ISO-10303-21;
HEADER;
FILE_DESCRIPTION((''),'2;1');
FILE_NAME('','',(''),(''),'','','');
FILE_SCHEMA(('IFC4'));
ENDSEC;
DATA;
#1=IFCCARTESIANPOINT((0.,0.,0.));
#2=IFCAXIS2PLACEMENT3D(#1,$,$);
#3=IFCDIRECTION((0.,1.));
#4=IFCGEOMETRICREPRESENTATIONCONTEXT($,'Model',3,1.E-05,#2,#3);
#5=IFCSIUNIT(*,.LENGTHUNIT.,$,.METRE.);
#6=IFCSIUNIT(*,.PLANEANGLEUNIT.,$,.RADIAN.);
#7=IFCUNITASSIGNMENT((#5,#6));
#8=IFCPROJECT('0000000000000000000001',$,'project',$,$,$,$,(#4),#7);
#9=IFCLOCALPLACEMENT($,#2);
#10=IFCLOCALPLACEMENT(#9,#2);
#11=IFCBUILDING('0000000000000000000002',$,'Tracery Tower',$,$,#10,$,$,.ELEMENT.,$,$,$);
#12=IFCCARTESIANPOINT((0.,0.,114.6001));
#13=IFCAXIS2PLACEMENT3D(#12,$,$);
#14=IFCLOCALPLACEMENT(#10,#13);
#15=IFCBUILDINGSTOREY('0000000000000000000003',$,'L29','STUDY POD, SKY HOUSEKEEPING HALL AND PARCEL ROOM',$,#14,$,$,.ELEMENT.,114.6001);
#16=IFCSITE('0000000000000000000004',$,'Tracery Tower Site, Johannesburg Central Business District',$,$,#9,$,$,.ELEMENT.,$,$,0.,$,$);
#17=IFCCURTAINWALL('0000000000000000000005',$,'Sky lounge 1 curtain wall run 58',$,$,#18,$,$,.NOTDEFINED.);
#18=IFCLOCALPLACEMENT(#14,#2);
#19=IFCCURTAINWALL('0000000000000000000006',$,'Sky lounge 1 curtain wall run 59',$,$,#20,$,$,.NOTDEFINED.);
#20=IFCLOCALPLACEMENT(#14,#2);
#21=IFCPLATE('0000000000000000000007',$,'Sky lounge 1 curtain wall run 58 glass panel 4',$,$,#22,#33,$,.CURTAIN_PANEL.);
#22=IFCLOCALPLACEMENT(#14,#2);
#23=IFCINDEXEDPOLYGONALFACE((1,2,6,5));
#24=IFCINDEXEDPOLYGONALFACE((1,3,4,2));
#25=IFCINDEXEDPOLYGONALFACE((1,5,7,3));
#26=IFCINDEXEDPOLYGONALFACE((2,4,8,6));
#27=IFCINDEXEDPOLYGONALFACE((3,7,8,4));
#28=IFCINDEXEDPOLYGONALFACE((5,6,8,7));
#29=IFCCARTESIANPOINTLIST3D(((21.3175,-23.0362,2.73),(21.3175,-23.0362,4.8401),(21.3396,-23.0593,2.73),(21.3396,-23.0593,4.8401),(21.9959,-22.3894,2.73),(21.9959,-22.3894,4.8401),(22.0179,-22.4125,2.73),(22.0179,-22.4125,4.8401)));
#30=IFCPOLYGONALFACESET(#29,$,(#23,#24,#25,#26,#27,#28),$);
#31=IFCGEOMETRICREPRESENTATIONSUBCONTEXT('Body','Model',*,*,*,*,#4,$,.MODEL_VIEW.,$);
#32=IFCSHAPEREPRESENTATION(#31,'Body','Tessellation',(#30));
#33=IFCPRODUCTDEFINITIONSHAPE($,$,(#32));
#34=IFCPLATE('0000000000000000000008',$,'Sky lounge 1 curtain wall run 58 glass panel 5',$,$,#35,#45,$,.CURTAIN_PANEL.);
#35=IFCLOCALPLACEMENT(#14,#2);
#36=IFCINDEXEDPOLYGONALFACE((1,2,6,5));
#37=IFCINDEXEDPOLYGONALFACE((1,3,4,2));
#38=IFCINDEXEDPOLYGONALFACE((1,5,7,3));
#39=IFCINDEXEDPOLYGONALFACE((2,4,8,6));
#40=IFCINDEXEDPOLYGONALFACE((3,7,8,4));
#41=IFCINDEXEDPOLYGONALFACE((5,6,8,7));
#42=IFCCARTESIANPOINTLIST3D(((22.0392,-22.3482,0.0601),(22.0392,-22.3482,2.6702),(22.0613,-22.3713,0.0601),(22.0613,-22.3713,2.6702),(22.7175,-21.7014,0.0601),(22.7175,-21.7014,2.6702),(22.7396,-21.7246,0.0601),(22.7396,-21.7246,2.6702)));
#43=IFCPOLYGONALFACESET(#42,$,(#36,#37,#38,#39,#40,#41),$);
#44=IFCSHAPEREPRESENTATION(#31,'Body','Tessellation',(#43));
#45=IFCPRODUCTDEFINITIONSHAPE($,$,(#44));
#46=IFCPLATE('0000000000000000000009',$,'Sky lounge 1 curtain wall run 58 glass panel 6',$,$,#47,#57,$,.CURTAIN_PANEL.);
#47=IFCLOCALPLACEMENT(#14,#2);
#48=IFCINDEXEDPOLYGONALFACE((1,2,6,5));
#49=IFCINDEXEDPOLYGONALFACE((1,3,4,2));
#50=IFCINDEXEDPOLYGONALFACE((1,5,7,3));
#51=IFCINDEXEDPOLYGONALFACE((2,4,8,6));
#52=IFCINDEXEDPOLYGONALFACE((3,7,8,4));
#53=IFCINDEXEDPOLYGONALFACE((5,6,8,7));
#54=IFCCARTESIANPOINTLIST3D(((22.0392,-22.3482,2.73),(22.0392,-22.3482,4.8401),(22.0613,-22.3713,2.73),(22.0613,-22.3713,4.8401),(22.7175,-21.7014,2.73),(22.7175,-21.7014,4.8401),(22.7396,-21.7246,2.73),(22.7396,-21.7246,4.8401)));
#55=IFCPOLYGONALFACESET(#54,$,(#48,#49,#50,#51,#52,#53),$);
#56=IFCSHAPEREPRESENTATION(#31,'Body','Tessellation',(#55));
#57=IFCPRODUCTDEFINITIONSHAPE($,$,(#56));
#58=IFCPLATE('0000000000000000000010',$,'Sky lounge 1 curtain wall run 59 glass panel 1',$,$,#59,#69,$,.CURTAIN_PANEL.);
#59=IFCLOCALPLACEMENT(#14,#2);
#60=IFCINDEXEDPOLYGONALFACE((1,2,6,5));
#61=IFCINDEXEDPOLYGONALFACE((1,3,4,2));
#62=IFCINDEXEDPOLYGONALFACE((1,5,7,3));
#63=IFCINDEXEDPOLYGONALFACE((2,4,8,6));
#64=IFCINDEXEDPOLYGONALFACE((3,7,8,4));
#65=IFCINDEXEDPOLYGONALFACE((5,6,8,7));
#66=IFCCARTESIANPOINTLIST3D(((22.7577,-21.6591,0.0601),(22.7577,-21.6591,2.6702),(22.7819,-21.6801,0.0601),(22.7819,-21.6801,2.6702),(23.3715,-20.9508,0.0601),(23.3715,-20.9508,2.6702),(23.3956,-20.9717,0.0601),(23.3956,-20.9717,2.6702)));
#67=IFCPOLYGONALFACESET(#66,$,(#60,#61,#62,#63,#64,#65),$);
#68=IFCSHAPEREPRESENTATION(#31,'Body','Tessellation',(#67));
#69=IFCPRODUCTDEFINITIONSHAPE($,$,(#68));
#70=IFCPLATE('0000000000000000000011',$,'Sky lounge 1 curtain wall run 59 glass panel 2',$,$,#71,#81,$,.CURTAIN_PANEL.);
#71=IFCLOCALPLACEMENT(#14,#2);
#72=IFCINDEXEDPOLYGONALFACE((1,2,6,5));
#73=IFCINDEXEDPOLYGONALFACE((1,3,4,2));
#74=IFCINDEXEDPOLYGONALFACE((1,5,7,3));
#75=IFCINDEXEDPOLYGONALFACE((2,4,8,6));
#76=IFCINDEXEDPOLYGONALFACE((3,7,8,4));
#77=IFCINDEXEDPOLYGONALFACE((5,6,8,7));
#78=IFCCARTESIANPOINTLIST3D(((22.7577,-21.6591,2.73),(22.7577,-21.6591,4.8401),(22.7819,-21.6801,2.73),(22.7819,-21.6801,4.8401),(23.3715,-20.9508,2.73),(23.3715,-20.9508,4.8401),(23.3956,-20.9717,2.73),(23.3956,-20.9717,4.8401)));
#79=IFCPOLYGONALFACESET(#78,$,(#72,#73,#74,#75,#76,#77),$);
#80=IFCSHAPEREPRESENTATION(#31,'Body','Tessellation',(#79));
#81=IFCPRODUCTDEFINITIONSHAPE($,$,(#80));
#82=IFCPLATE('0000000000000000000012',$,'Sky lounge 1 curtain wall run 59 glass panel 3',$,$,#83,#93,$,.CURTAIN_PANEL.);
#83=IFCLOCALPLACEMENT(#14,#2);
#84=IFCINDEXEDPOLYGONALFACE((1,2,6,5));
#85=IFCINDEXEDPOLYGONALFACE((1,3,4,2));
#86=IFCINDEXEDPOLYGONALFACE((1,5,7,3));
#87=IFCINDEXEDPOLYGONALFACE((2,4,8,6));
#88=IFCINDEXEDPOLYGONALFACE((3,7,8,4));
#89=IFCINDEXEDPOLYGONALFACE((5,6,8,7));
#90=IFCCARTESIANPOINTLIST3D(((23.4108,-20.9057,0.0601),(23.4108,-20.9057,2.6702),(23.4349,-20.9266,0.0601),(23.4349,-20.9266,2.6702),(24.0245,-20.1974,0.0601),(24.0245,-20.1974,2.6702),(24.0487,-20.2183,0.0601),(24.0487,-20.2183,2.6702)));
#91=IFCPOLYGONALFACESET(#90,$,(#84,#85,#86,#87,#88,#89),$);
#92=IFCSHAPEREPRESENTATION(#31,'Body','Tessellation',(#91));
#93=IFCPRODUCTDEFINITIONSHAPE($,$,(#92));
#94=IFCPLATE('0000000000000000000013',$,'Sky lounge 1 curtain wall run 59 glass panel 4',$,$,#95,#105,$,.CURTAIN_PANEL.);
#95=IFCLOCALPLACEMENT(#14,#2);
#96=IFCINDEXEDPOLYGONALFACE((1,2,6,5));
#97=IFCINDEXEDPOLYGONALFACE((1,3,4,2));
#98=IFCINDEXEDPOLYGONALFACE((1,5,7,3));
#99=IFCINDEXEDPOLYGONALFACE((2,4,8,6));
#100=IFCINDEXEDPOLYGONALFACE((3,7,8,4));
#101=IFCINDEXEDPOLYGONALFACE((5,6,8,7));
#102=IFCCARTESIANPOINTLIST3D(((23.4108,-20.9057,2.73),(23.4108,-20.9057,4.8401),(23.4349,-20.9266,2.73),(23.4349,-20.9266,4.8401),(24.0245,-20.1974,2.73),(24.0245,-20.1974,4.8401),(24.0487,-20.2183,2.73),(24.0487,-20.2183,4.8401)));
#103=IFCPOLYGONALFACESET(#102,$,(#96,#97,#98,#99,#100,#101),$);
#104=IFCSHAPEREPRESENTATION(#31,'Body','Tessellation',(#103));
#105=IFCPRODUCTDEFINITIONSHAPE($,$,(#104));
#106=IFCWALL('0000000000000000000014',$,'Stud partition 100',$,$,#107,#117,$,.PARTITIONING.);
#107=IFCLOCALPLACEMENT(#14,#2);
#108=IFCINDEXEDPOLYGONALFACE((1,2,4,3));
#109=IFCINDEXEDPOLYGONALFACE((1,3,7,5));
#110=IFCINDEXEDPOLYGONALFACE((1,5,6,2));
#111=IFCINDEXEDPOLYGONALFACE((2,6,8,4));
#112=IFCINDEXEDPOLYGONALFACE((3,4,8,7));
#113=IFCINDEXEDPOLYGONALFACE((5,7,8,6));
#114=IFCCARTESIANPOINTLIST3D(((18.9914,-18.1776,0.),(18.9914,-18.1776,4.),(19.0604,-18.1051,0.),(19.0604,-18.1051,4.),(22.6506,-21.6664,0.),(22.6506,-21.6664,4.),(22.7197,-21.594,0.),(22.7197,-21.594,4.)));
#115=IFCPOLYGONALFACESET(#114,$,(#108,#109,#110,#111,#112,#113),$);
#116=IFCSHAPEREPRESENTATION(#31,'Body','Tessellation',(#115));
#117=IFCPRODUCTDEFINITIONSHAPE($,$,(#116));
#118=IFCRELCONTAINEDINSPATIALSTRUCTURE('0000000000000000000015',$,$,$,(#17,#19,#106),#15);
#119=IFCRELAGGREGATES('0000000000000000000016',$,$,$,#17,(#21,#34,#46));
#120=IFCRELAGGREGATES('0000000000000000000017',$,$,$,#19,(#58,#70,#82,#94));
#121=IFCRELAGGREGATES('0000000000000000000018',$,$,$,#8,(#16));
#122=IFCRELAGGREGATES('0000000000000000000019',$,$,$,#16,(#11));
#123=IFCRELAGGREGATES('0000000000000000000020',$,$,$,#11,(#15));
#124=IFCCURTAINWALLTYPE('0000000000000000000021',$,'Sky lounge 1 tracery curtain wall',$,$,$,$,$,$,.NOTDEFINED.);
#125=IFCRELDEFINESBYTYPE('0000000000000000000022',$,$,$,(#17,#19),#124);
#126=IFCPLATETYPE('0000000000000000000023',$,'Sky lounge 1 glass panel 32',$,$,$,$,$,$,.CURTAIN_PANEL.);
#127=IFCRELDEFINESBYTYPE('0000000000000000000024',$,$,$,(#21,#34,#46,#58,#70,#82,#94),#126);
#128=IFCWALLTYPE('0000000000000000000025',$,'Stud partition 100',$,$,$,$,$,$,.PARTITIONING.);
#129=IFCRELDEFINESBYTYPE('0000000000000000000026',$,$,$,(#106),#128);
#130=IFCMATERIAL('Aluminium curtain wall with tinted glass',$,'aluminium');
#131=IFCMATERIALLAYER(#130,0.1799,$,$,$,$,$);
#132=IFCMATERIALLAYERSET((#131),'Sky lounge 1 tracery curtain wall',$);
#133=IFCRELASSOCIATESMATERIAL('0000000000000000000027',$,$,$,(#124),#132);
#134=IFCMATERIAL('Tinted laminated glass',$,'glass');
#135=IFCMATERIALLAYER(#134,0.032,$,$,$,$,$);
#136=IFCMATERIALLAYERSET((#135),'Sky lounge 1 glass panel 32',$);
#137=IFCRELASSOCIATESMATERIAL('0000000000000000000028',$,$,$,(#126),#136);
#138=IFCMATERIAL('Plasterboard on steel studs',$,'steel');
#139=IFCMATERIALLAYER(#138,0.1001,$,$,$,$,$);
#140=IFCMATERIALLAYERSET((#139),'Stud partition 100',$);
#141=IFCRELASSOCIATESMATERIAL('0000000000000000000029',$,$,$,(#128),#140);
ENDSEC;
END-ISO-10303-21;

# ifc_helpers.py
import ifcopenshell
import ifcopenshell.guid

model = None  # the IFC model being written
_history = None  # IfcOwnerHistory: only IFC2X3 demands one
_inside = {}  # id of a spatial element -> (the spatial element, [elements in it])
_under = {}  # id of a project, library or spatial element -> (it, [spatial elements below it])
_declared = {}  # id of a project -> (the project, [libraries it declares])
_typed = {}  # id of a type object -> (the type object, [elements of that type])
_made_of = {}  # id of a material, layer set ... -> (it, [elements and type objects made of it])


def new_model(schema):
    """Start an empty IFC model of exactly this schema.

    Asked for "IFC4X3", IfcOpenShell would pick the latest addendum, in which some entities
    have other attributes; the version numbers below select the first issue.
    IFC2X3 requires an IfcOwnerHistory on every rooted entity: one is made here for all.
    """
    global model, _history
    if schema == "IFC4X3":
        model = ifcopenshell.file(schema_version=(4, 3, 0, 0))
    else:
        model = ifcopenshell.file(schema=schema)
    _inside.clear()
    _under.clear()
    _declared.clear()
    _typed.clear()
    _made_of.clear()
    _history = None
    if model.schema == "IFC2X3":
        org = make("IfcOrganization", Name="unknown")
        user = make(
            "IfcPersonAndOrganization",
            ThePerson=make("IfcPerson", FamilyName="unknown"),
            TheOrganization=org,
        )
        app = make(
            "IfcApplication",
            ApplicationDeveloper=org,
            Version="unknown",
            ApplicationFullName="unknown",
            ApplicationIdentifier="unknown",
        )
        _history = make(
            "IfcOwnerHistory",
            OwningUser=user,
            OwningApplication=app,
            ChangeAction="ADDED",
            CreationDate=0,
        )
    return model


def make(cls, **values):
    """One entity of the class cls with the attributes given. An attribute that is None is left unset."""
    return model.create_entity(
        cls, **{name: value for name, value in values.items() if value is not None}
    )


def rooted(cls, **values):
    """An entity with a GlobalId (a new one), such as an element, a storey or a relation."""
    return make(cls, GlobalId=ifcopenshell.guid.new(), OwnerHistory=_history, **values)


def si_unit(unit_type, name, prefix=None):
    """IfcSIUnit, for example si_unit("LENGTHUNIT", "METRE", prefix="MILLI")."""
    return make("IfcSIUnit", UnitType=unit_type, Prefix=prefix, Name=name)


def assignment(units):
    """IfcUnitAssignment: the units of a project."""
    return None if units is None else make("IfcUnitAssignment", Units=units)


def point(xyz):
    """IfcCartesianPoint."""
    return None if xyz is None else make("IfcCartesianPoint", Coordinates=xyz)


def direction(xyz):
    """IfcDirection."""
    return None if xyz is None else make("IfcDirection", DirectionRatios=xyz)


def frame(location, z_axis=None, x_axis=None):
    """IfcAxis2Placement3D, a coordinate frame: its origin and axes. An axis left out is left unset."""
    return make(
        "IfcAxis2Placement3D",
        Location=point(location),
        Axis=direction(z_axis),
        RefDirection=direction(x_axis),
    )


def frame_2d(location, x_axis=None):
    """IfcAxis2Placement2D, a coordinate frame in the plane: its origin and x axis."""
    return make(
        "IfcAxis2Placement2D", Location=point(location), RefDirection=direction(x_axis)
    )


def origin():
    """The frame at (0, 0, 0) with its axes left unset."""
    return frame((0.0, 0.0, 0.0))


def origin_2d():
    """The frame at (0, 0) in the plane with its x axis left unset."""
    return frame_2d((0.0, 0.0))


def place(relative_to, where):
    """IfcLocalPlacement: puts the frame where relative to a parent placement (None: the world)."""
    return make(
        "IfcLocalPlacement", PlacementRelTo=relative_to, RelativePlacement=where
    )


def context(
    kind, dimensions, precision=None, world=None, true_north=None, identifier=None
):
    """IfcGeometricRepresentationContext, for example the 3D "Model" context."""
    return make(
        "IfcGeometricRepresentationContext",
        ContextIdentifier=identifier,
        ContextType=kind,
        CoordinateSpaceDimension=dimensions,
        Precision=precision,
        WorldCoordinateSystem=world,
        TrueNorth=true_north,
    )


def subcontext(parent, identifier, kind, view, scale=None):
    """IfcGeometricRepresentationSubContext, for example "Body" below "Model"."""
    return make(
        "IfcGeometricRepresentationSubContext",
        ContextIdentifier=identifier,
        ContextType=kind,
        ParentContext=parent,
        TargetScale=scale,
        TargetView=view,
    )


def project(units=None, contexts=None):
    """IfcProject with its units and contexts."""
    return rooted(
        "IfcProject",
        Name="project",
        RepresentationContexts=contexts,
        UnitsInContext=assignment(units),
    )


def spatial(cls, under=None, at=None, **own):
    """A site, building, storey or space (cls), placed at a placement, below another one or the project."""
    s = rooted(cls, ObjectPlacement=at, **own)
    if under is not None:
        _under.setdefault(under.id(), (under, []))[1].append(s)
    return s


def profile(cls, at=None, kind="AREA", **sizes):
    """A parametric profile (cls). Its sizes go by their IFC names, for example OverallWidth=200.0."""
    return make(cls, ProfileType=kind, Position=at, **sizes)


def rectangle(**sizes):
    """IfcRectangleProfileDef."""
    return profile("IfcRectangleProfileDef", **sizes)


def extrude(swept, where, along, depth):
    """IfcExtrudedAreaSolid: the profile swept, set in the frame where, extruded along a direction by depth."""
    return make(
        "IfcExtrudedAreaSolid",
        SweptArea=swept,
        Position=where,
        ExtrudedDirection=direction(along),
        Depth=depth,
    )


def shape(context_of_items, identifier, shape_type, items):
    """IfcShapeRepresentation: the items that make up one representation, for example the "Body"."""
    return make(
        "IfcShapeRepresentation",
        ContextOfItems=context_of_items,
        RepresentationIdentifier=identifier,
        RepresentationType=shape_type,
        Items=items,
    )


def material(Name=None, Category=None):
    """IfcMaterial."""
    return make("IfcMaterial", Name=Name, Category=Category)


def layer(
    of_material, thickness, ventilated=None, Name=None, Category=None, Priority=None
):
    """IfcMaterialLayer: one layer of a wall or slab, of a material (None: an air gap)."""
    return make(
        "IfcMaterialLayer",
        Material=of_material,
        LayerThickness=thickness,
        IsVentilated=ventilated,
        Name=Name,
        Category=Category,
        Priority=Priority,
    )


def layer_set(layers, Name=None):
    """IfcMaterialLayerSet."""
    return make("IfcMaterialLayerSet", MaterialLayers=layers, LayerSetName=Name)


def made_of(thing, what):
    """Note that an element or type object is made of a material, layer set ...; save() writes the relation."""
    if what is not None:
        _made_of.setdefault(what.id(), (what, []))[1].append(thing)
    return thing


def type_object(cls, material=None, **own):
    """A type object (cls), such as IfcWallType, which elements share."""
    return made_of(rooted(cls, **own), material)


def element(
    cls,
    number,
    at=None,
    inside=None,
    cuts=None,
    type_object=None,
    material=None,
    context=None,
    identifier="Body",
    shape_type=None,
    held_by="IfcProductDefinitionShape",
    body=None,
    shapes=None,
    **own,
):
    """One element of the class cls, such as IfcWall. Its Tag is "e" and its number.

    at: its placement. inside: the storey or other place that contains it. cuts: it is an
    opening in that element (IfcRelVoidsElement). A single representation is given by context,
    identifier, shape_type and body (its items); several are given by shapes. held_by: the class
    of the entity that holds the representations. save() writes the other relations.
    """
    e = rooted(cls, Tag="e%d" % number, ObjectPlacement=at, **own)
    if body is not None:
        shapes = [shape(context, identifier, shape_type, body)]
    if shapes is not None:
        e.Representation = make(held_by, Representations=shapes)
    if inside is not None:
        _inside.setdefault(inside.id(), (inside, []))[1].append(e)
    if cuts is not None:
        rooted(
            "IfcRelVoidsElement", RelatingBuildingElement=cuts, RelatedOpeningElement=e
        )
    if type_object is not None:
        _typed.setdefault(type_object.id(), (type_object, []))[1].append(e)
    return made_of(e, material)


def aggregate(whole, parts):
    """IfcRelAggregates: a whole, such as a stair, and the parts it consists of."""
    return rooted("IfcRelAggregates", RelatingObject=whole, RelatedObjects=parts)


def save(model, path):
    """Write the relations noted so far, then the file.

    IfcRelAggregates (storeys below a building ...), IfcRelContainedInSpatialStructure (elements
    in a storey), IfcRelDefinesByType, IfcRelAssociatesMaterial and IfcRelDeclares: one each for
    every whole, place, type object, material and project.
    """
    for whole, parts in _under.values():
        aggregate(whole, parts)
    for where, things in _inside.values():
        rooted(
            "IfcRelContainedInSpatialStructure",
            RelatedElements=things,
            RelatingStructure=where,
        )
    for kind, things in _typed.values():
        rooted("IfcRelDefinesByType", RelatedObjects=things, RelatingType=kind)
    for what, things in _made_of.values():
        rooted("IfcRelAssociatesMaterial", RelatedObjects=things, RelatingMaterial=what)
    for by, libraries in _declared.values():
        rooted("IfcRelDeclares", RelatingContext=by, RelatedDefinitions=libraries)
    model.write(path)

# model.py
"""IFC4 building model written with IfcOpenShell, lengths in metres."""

from ifc_helpers import new_model, si_unit, direction, frame, frame_2d, origin, origin_2d, place, context, subcontext, project, spatial, rectangle, extrude, material, layer, layer_set, type_object, element, aggregate, save


model = new_model("IFC4")

# Units and contexts
model_context = context("Model", 3, precision=1e-05, world=origin(), true_north=direction((0.0, 1.0)))
body_context = subcontext(model_context, "Body", "Model", "MODEL_VIEW")
ifc_project = project(units=[si_unit("LENGTHUNIT", "METRE"), si_unit("PLANEANGLEUNIT", "RADIAN")], contexts=[model_context])

# Site, building, storey
site_placement = place(None, origin())
site = spatial("IfcSite", under=ifc_project, at=site_placement, Name="Tracery Tower Site, Johannesburg Central Business District", CompositionType="ELEMENT", RefElevation=0.0)
building_placement = place(site_placement, origin())
building = spatial("IfcBuilding", under=site, at=building_placement, Name="Tracery Tower", CompositionType="ELEMENT")
storey_placement = place(building_placement, frame((0.0, 0.0, 114.6001)))
storey = spatial("IfcBuildingStorey", under=building, at=storey_placement, Name="L29", Description="STUDY POD, SKY HOUSEKEEPING HALL AND PARCEL ROOM", CompositionType="ELEMENT", Elevation=114.6001)

# Curtain walls
ifc_material_1 = material(Name="Aluminium curtain wall with tinted glass", Category="aluminium")
ifc_layer_1 = layer(ifc_material_1, 0.1799)
ifc_layer_set_1 = layer_set([ifc_layer_1], Name="Sky lounge 1 tracery curtain wall")
curtain_wall_type = type_object("IfcCurtainWallType", Name="Sky lounge 1 tracery curtain wall", PredefinedType="NOTDEFINED", material=ifc_layer_set_1)
curtain_wall_1_placement = place(storey_placement, origin())
curtain_wall_1 = element("IfcCurtainWall", 1, at=curtain_wall_1_placement, inside=storey, type_object=curtain_wall_type, Name="Sky lounge 1 curtain wall run 58", PredefinedType="NOTDEFINED")
curtain_wall_2_placement = place(storey_placement, origin())
curtain_wall_2 = element("IfcCurtainWall", 2, at=curtain_wall_2_placement, inside=storey, type_object=curtain_wall_type, Name="Sky lounge 1 curtain wall run 59", PredefinedType="NOTDEFINED")

# Plates
ifc_material_2 = material(Name="Tinted laminated glass", Category="glass")
ifc_layer_2 = layer(ifc_material_2, 0.032)
ifc_layer_set_2 = layer_set([ifc_layer_2], Name="Sky lounge 1 glass panel 32")
plate_type = type_object("IfcPlateType", Name="Sky lounge 1 glass panel 32", PredefinedType="CURTAIN_PANEL", material=ifc_layer_set_2)
plate_1_placement = place(storey_placement, frame((21.6677, -22.7244, 2.73), z_axis=(0.0, 0.0, 1.0), x_axis=(0.723734, 0.690079, 0.0)))
plate_1 = element("IfcPlate", 3, at=plate_1_placement, type_object=plate_type, Name="Sky lounge 1 curtain wall run 58 glass panel 4", PredefinedType="CURTAIN_PANEL", context=body_context, shape_type="SweptSolid", body=[
    extrude(rectangle(XDim=0.9373, YDim=0.032, at=origin_2d()), origin(), (0.0, 0.0, 1.0), 2.1101),
])
plate_2_placement = place(storey_placement, frame((22.3894, -22.0364, 0.0601), z_axis=(0.0, 0.0, 1.0), x_axis=(0.723734, 0.690079, 0.0)))
plate_2 = element("IfcPlate", 4, at=plate_2_placement, type_object=plate_type, Name="Sky lounge 1 curtain wall run 58 glass panel 5", PredefinedType="CURTAIN_PANEL", context=body_context, shape_type="SweptSolid", body=[
    extrude(rectangle(XDim=0.9373, YDim=0.032, at=origin_2d()), origin(), (0.0, 0.0, 1.0), 2.6101),
])
plate_3_placement = place(storey_placement, frame((22.3894, -22.0364, 2.73), z_axis=(0.0, 0.0, 1.0), x_axis=(0.723734, 0.690079, 0.0)))
plate_3 = element("IfcPlate", 5, at=plate_3_placement, type_object=plate_type, Name="Sky lounge 1 curtain wall run 58 glass panel 6", PredefinedType="CURTAIN_PANEL", context=body_context, shape_type="SweptSolid", body=[
    extrude(rectangle(XDim=0.9373, YDim=0.032, at=origin_2d()), origin(), (0.0, 0.0, 1.0), 2.1101),
])
aggregate(curtain_wall_1, [plate_1, plate_2, plate_3])
plate_4_placement = place(storey_placement, frame((23.0767, -21.3154, 0.0601), z_axis=(0.0, 0.0, 1.0), x_axis=(0.654861, 0.75575, 0.0)))
plate_4 = element("IfcPlate", 6, at=plate_4_placement, type_object=plate_type, Name="Sky lounge 1 curtain wall run 59 glass panel 1", PredefinedType="CURTAIN_PANEL", context=body_context, shape_type="SweptSolid", body=[
    extrude(rectangle(XDim=0.9373, YDim=0.032, at=origin_2d()), origin(), (0.0, 0.0, 1.0), 2.6101),
])
plate_5_placement = place(storey_placement, frame((23.0767, -21.3154, 2.73), z_axis=(0.0, 0.0, 1.0), x_axis=(0.654861, 0.75575, 0.0)))
plate_5 = element("IfcPlate", 7, at=plate_5_placement, type_object=plate_type, Name="Sky lounge 1 curtain wall run 59 glass panel 2", PredefinedType="CURTAIN_PANEL", context=body_context, shape_type="SweptSolid", body=[
    extrude(rectangle(XDim=0.9373, YDim=0.032, at=origin_2d()), origin(), (0.0, 0.0, 1.0), 2.1101),
])
plate_6_placement = place(storey_placement, frame((23.7297, -20.562, 0.0601), z_axis=(0.0, 0.0, 1.0), x_axis=(0.654861, 0.75575, 0.0)))
plate_6 = element("IfcPlate", 8, at=plate_6_placement, type_object=plate_type, Name="Sky lounge 1 curtain wall run 59 glass panel 3", PredefinedType="CURTAIN_PANEL", context=body_context, shape_type="SweptSolid", body=[
    extrude(rectangle(XDim=0.9373, YDim=0.032, at=origin_2d()), origin(), (0.0, 0.0, 1.0), 2.6101),
])
plate_7_placement = place(storey_placement, frame((23.7297, -20.562, 2.73), z_axis=(0.0, 0.0, 1.0), x_axis=(0.654861, 0.75575, 0.0)))
plate_7 = element("IfcPlate", 9, at=plate_7_placement, type_object=plate_type, Name="Sky lounge 1 curtain wall run 59 glass panel 4", PredefinedType="CURTAIN_PANEL", context=body_context, shape_type="SweptSolid", body=[
    extrude(rectangle(XDim=0.9373, YDim=0.032, at=origin_2d()), origin(), (0.0, 0.0, 1.0), 2.1101),
])
aggregate(curtain_wall_2, [plate_4, plate_5, plate_6, plate_7])

# Wall
ifc_material_3 = material(Name="Plasterboard on steel studs", Category="steel")
ifc_layer_3 = layer(ifc_material_3, 0.1001)
ifc_layer_set_3 = layer_set([ifc_layer_3], Name="Stud partition 100")
wall_type = type_object("IfcWallType", Name="Stud partition 100", PredefinedType="PARTITIONING", material=ifc_layer_set_3)
wall_placement = place(storey_placement, frame((22.6851, -21.6301, 0.0), z_axis=(0.0, 0.0, 1.0), x_axis=(-0.723759, 0.690053, 0.0)))
element("IfcWall", 10, at=wall_placement, inside=storey, type_object=wall_type, Name="Stud partition 100", PredefinedType="PARTITIONING", context=body_context, shape_type="SweptSolid", body=[
    extrude(rectangle(XDim=5.0559, YDim=0.1001, at=frame_2d((2.5278, 0.0))), origin(), (0.0, 0.0, 1.0), 4.0),
])

save(model, "model.ifc")
